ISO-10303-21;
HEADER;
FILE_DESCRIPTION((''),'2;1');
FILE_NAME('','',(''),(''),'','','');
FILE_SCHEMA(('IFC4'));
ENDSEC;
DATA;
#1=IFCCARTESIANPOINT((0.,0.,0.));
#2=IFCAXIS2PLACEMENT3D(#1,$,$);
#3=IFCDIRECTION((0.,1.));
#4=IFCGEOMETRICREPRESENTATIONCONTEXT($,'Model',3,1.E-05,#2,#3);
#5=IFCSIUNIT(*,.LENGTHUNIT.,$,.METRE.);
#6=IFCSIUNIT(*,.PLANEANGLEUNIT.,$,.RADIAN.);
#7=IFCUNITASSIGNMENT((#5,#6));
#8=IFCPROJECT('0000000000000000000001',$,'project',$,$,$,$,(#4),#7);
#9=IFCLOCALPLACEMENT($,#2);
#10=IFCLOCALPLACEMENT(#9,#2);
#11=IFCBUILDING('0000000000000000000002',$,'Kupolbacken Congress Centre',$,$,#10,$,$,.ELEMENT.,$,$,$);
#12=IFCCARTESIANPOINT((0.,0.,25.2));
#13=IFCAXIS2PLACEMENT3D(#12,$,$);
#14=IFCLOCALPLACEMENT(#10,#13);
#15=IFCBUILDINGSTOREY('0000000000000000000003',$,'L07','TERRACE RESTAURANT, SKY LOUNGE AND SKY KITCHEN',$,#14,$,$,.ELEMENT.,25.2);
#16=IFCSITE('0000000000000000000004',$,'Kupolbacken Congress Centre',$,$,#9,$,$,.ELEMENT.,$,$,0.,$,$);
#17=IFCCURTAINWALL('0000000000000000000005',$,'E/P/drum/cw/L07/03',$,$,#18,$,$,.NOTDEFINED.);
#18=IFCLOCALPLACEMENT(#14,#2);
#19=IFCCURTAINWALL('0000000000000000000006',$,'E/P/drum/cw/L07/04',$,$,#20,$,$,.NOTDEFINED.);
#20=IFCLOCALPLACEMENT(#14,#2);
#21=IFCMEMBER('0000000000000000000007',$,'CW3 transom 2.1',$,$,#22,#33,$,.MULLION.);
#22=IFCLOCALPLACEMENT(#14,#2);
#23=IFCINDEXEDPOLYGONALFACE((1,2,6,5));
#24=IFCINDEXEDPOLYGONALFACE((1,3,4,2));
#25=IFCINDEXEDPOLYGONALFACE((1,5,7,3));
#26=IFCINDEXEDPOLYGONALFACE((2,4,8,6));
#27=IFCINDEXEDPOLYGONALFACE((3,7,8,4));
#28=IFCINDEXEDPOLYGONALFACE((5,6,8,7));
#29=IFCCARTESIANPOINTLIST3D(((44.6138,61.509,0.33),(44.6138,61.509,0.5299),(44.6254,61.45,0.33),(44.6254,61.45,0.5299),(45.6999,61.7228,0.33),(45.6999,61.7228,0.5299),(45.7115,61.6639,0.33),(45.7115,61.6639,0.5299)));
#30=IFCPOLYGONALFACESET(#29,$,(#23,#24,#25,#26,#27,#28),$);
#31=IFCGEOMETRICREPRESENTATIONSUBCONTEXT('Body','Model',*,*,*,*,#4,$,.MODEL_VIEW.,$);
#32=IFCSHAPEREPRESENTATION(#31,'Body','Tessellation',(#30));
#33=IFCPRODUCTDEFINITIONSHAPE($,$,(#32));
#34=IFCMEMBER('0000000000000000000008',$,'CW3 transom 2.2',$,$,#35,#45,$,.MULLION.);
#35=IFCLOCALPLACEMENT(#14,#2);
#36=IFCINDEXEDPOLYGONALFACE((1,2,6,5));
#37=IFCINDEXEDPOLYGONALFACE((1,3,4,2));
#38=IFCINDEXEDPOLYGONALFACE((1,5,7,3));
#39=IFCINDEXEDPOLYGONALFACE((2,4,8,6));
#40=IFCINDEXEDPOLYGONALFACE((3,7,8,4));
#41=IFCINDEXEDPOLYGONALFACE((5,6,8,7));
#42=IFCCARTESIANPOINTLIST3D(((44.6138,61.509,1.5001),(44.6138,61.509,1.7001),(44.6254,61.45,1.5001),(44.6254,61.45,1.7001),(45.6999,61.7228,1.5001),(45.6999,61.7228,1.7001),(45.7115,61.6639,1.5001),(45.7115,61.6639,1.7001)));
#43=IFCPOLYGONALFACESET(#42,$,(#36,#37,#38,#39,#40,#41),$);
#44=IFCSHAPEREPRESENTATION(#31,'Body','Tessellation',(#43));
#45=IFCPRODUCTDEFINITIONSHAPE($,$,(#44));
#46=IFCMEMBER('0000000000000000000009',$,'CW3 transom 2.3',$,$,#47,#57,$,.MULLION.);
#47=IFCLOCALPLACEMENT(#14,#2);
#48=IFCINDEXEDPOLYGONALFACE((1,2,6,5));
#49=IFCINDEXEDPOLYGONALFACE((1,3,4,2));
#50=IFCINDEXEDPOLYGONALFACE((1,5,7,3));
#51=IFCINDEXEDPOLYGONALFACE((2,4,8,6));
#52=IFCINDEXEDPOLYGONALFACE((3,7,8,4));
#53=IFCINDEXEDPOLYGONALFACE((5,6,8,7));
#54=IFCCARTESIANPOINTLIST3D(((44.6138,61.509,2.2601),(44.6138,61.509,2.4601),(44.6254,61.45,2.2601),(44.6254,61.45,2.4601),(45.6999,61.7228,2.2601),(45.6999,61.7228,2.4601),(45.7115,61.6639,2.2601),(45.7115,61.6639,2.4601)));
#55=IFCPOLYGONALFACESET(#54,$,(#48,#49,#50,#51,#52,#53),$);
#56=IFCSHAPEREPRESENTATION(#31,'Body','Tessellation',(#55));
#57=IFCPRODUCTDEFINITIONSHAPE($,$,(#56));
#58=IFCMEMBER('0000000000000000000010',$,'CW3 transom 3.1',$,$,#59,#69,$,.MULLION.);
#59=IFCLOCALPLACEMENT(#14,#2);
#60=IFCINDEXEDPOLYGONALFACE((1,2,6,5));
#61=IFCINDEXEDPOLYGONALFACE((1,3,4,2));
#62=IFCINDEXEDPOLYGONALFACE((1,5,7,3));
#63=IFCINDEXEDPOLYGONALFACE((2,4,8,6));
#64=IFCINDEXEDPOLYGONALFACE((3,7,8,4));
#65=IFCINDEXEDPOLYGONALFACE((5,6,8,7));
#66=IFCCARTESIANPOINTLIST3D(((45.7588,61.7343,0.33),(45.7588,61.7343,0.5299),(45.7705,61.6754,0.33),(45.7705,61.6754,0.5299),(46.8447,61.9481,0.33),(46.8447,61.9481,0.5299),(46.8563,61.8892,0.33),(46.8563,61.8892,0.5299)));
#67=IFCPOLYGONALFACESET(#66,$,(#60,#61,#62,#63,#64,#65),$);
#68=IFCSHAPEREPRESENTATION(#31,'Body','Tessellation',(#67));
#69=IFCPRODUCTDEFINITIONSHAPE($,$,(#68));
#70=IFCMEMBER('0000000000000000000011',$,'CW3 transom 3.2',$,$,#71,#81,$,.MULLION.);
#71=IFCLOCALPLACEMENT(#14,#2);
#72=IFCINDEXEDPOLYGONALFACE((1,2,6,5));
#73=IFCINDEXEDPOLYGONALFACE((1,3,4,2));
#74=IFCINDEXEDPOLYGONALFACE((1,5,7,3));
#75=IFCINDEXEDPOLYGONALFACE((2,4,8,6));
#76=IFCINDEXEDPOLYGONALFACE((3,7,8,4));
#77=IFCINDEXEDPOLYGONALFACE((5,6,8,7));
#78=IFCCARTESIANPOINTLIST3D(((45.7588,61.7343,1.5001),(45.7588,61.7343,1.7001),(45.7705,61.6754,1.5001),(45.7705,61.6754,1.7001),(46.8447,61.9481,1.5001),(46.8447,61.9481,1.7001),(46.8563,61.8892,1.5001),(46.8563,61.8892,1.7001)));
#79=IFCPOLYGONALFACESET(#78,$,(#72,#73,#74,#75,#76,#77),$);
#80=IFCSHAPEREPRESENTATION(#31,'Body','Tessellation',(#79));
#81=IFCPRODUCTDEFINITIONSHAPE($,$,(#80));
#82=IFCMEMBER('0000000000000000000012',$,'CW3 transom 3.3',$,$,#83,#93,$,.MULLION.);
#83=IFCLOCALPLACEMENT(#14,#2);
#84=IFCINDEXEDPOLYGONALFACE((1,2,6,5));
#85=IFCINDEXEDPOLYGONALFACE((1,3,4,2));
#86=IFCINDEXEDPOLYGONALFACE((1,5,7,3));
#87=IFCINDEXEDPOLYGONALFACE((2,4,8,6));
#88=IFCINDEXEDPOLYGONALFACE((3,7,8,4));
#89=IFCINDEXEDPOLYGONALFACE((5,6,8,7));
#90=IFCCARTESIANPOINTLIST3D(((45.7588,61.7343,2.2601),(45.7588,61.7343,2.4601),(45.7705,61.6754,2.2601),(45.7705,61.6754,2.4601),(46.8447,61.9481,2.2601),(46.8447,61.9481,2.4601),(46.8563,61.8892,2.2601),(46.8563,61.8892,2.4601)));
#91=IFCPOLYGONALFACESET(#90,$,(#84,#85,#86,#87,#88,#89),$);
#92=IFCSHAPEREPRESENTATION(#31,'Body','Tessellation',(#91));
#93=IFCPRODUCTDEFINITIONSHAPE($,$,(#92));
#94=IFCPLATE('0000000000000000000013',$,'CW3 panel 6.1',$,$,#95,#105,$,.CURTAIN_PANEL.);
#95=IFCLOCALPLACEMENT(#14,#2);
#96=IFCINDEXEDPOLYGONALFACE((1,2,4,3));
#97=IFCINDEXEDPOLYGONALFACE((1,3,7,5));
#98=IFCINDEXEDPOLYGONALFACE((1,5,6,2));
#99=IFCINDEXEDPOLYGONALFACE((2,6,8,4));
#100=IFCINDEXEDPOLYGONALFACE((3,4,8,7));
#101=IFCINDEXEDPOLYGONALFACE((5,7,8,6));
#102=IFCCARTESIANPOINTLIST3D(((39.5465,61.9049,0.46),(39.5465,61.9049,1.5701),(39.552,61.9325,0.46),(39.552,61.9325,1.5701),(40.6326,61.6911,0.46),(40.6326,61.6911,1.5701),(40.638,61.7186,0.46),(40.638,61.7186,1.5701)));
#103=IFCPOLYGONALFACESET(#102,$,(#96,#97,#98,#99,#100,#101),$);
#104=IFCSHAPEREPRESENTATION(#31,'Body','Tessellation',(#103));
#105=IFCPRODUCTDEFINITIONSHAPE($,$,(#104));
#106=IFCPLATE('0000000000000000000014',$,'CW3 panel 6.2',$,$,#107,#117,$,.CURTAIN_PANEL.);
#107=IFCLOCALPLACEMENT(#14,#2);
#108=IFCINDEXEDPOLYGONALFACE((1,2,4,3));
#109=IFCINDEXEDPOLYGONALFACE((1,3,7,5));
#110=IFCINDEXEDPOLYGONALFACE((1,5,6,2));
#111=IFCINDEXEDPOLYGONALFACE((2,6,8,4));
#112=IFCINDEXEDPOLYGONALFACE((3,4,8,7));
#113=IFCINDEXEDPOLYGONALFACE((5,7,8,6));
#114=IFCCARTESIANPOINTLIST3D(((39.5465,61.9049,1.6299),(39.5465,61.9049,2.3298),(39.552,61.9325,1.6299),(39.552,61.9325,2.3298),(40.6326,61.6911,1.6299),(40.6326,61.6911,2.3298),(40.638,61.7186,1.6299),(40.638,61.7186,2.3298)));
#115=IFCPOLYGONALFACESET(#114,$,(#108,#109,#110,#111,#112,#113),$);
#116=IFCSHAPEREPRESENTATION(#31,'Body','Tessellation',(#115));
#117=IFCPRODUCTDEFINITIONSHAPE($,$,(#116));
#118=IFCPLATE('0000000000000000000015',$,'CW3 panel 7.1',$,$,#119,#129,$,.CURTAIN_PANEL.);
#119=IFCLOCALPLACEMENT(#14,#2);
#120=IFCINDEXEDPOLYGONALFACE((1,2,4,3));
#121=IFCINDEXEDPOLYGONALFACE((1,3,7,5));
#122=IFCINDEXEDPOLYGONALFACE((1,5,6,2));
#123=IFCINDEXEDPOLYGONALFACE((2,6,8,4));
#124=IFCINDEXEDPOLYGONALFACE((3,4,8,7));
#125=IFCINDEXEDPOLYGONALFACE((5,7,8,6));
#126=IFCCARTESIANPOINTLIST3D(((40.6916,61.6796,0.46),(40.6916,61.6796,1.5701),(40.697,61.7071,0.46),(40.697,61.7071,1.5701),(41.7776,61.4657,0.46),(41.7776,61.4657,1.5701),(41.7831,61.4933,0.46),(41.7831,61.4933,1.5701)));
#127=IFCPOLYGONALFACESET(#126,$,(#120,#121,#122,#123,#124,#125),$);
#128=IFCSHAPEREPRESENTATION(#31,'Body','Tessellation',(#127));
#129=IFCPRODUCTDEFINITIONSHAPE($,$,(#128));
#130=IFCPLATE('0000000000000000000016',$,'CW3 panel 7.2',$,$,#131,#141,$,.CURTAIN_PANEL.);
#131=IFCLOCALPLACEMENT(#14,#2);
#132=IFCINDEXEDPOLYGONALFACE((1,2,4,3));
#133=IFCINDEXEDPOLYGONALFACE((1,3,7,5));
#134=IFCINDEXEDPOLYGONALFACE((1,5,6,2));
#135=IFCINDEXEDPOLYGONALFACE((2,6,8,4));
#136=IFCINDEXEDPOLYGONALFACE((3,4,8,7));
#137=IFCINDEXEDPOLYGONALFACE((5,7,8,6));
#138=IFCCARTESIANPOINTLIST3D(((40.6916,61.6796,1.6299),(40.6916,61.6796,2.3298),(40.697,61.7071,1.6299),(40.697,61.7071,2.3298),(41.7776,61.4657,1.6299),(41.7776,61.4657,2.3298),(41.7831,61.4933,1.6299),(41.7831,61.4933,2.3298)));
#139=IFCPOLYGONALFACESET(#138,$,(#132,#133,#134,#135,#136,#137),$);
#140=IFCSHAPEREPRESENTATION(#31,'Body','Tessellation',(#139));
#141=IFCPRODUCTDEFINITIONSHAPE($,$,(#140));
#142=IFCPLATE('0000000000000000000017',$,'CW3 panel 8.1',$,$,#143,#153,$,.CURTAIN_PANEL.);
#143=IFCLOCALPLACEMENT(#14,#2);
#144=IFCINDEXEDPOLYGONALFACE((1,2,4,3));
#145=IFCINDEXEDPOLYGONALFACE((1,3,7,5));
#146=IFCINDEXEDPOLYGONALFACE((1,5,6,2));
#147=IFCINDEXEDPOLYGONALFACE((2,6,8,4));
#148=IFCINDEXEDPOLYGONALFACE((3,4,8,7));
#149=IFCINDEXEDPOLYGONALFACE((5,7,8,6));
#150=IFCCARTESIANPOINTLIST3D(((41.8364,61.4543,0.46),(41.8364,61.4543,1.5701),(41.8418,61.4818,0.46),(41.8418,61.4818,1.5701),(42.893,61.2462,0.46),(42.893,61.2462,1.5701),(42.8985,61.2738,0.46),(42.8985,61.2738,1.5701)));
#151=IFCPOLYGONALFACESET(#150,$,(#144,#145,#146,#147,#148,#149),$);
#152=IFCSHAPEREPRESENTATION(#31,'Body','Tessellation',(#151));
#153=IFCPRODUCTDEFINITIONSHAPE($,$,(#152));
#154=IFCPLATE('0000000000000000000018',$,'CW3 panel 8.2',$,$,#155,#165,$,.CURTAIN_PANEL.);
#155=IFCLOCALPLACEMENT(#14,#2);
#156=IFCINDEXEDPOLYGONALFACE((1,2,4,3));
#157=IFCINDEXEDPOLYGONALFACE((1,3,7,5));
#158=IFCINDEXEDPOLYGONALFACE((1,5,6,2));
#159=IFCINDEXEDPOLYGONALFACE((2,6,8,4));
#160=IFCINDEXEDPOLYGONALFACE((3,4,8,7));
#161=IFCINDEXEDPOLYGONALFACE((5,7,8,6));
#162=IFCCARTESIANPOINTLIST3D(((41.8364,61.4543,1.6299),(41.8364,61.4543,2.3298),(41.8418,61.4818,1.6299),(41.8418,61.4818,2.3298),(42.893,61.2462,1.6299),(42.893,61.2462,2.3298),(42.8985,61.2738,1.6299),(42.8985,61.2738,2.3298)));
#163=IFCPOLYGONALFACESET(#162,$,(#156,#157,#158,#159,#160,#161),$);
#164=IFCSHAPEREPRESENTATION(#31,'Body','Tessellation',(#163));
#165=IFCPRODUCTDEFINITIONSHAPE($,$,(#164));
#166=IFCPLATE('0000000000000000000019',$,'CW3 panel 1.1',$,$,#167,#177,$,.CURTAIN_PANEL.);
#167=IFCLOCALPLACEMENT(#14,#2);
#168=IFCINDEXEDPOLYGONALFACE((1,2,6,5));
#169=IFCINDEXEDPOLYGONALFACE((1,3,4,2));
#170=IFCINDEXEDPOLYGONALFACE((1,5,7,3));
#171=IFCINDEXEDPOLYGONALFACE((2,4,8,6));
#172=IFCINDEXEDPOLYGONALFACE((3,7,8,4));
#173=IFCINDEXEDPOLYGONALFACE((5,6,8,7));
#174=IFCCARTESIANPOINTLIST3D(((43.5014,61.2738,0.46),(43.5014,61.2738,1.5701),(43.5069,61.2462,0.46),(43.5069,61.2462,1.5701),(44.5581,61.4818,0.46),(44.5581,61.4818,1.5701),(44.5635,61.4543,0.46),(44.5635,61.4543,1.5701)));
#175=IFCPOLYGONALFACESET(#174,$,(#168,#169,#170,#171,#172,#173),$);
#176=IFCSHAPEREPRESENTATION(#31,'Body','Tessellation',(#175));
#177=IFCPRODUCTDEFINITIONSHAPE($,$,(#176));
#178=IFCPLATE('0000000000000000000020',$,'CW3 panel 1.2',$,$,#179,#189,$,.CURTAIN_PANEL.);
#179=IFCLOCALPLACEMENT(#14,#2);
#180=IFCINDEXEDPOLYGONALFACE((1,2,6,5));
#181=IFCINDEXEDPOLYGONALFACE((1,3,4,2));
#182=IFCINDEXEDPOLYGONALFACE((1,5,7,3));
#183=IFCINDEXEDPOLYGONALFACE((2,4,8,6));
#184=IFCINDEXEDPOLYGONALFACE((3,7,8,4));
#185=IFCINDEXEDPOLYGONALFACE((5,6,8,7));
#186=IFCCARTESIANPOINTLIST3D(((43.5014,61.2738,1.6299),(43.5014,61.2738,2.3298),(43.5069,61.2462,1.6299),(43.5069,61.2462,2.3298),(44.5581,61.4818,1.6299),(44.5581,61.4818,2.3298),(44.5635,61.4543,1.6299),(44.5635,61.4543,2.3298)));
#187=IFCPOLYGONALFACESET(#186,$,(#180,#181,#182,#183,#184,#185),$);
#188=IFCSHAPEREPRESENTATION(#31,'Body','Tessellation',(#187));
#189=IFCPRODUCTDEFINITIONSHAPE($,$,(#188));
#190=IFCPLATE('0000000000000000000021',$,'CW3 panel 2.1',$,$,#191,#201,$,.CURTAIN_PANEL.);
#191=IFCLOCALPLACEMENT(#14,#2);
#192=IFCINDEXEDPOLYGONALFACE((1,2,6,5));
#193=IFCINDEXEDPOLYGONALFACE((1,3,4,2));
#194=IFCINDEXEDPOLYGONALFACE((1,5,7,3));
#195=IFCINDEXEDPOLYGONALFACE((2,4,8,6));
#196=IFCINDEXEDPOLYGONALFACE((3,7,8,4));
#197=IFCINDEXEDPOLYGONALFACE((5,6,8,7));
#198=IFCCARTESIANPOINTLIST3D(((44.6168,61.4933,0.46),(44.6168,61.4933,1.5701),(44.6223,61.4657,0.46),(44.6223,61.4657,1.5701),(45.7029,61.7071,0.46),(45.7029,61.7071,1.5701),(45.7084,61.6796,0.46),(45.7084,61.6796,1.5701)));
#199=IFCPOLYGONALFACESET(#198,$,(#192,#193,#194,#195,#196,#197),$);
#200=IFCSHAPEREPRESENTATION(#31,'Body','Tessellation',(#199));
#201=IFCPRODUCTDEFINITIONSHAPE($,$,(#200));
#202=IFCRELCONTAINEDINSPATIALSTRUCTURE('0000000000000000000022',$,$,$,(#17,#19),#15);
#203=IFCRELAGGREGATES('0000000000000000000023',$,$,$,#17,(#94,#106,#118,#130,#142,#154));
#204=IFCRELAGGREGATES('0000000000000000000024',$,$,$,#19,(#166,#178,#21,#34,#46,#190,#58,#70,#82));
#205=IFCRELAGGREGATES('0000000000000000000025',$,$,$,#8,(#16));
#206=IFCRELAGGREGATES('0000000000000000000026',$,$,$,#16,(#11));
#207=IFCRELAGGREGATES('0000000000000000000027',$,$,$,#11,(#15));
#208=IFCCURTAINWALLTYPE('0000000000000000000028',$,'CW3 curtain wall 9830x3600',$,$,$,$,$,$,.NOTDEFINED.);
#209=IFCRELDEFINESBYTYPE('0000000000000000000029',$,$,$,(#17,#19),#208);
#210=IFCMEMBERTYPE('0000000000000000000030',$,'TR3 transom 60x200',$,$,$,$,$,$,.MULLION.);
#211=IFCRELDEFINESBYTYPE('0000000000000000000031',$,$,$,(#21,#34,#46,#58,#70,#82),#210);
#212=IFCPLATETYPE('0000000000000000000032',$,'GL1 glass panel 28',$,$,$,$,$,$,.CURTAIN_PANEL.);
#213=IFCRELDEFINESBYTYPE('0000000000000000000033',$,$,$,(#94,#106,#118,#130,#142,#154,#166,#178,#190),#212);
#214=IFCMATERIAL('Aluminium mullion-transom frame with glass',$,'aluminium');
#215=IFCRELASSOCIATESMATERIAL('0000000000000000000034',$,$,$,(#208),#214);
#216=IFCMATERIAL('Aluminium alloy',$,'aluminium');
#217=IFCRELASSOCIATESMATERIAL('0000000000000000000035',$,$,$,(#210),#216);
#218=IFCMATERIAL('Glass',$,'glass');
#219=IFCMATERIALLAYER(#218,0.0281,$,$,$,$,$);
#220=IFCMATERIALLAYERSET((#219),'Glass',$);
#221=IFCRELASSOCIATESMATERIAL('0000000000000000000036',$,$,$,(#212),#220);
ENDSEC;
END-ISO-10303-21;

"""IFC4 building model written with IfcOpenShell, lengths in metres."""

from ifc_helpers import new_model, si_unit, direction, frame, origin, origin_2d, place, context, subcontext, project, spatial, rectangle, extrude, material, layer, layer_set, material_profile, profile_set, type_object, element, aggregate, save


model = new_model("IFC4")

# Units and contexts
model_context = context("Model", 3, precision=1e-05, world=origin(), true_north=direction((0.0, 1.0)))
body_context = subcontext(model_context, "Body", "Model", "MODEL_VIEW")
ifc_project = project(units=[si_unit("LENGTHUNIT", "METRE"), si_unit("PLANEANGLEUNIT", "RADIAN")], contexts=[model_context])

# Site, building, storey
site_placement = place(None, origin())
site = spatial("IfcSite", under=ifc_project, at=site_placement, Name="Kupolbacken Congress Centre", CompositionType="ELEMENT", RefElevation=0.0)
building_placement = place(site_placement, origin())
building = spatial("IfcBuilding", under=site, at=building_placement, Name="Kupolbacken Congress Centre", CompositionType="ELEMENT")
storey_placement = place(building_placement, frame((0.0, 0.0, 25.2)))
storey = spatial("IfcBuildingStorey", under=building, at=storey_placement, Name="L07", Description="TERRACE RESTAURANT, SKY LOUNGE AND SKY KITCHEN", CompositionType="ELEMENT", Elevation=25.2)

# Curtain walls
ifc_material_1 = material(Name="Aluminium mullion-transom frame with glass", Category="aluminium")
curtain_wall_type = type_object("IfcCurtainWallType", Name="CW3 curtain wall 9830x3600", PredefinedType="NOTDEFINED", material=ifc_material_1)
curtain_wall_1_placement = place(storey_placement, origin())
curtain_wall_1 = element("IfcCurtainWall", 1, at=curtain_wall_1_placement, inside=storey, type_object=curtain_wall_type, Name="E/P/drum/cw/L07/03", PredefinedType="NOTDEFINED")
curtain_wall_2_placement = place(storey_placement, origin())
curtain_wall_2 = element("IfcCurtainWall", 2, at=curtain_wall_2_placement, inside=storey, type_object=curtain_wall_type, Name="E/P/drum/cw/L07/04", PredefinedType="NOTDEFINED")

# Members
ifc_material_2 = material(Name="Aluminium alloy", Category="aluminium")
ifc_material_profile_1 = material_profile(ifc_material_2, rectangle(XDim=0.0601, YDim=0.2, at=origin_2d()), Name="60 x 200")
ifc_profile_set_1 = profile_set([ifc_material_profile_1], Name="Aluminium alloy")
member_type_1 = type_object("IfcMemberType", Name="TR3 transom 60x200", PredefinedType="MULLION", material=ifc_profile_set_1)
member_1_placement = place(storey_placement, frame((44.6196, 61.4795, 0.4299), z_axis=(0.981162, 0.193189, 0.0), x_axis=(-0.193189, 0.981162, 0.0)))
member_1 = element("IfcMember", 3, at=member_1_placement, type_object=member_type_1, Name="CW3 transom 2.1", PredefinedType="MULLION", context=body_context, shape_type="SweptSolid", body=[
    extrude(rectangle(XDim=0.0601, YDim=0.2, at=origin_2d()), origin(), (0.0, 0.0, 1.0), 1.1069),
])
member_2_placement = place(storey_placement, frame((44.6196, 61.4795, 1.6001), z_axis=(0.981162, 0.193189, 0.0), x_axis=(-0.193189, 0.981162, 0.0)))
member_2 = element("IfcMember", 4, at=member_2_placement, type_object=member_type_1, Name="CW3 transom 2.2", PredefinedType="MULLION", context=body_context, shape_type="SweptSolid", body=[
    extrude(rectangle(XDim=0.0601, YDim=0.2, at=origin_2d()), origin(), (0.0, 0.0, 1.0), 1.1069),
])
member_3_placement = place(storey_placement, frame((44.6196, 61.4795, 2.3601), z_axis=(0.981162, 0.193189, 0.0), x_axis=(-0.193189, 0.981162, 0.0)))
member_3 = element("IfcMember", 5, at=member_3_placement, type_object=member_type_1, Name="CW3 transom 2.3", PredefinedType="MULLION", context=body_context, shape_type="SweptSolid", body=[
    extrude(rectangle(XDim=0.0601, YDim=0.2, at=origin_2d()), origin(), (0.0, 0.0, 1.0), 1.1069),
])
member_4_placement = place(storey_placement, frame((45.7646, 61.7048, 0.4299), z_axis=(0.981153, 0.193231, 0.0), x_axis=(-0.193231, 0.981153, 0.0)))
member_4 = element("IfcMember", 6, at=member_4_placement, type_object=member_type_1, Name="CW3 transom 3.1", PredefinedType="MULLION", context=body_context, shape_type="SweptSolid", body=[
    extrude(rectangle(XDim=0.0601, YDim=0.2, at=origin_2d()), origin(), (0.0, 0.0, 1.0), 1.1067),
])
member_5_placement = place(storey_placement, frame((45.7646, 61.7048, 1.6001), z_axis=(0.981153, 0.193231, 0.0), x_axis=(-0.193231, 0.981153, 0.0)))
member_5 = element("IfcMember", 7, at=member_5_placement, type_object=member_type_1, Name="CW3 transom 3.2", PredefinedType="MULLION", context=body_context, shape_type="SweptSolid", body=[
    extrude(rectangle(XDim=0.0601, YDim=0.2, at=origin_2d()), origin(), (0.0, 0.0, 1.0), 1.1067),
])
member_6_placement = place(storey_placement, frame((45.7646, 61.7048, 2.3601), z_axis=(0.981153, 0.193231, 0.0), x_axis=(-0.193231, 0.981153, 0.0)))
member_6 = element("IfcMember", 8, at=member_6_placement, type_object=member_type_1, Name="CW3 transom 3.3", PredefinedType="MULLION", context=body_context, shape_type="SweptSolid", body=[
    extrude(rectangle(XDim=0.0601, YDim=0.2, at=origin_2d()), origin(), (0.0, 0.0, 1.0), 1.1067),
])

# Plates
ifc_material_3 = material(Name="Glass", Category="glass")
ifc_layer_1 = layer(ifc_material_3, 0.0281)
ifc_layer_set_1 = layer_set([ifc_layer_1], Name="Glass")
plate_type = type_object("IfcPlateType", Name="GL1 glass panel 28", PredefinedType="CURTAIN_PANEL", material=ifc_layer_set_1)
plate_1_placement = place(storey_placement, frame((40.0923, 61.8118, 0.46), z_axis=(0.0, 0.0, 1.0), x_axis=(0.981163, -0.193182, 0.0)))
plate_1 = element("IfcPlate", 9, at=plate_1_placement, type_object=plate_type, Name="CW3 panel 6.1", PredefinedType="CURTAIN_PANEL", context=body_context, shape_type="SweptSolid", body=[
    extrude(rectangle(XDim=1.1069, YDim=0.0281, at=origin_2d()), origin(), (0.0, 0.0, 1.0), 1.1101),
])
plate_2_placement = place(storey_placement, frame((40.0923, 61.8118, 1.6299), z_axis=(0.0, 0.0, 1.0), x_axis=(0.981163, -0.193182, 0.0)))
plate_2 = element("IfcPlate", 10, at=plate_2_placement, type_object=plate_type, Name="CW3 panel 6.2", PredefinedType="CURTAIN_PANEL", context=body_context, shape_type="SweptSolid", body=[
    extrude(rectangle(XDim=1.1069, YDim=0.0281, at=origin_2d()), origin(), (0.0, 0.0, 1.0), 0.7),
])
plate_3_placement = place(storey_placement, frame((41.2373, 61.5864, 0.46), z_axis=(0.0, 0.0, 1.0), x_axis=(0.981163, -0.193182, 0.0)))
plate_3 = element("IfcPlate", 11, at=plate_3_placement, type_object=plate_type, Name="CW3 panel 7.1", PredefinedType="CURTAIN_PANEL", context=body_context, shape_type="SweptSolid", body=[
    extrude(rectangle(XDim=1.1069, YDim=0.0281, at=origin_2d()), origin(), (0.0, 0.0, 1.0), 1.1101),
])
plate_4_placement = place(storey_placement, frame((41.2373, 61.5864, 1.6299), z_axis=(0.0, 0.0, 1.0), x_axis=(0.981163, -0.193182, 0.0)))
plate_4 = element("IfcPlate", 12, at=plate_4_placement, type_object=plate_type, Name="CW3 panel 7.2", PredefinedType="CURTAIN_PANEL", context=body_context, shape_type="SweptSolid", body=[
    extrude(rectangle(XDim=1.1069, YDim=0.0281, at=origin_2d()), origin(), (0.0, 0.0, 1.0), 0.7),
])
plate_5_placement = place(storey_placement, frame((42.3674, 61.364, 0.46), z_axis=(0.0, 0.0, 1.0), x_axis=(0.981163, -0.193182, 0.0)))
plate_5 = element("IfcPlate", 13, at=plate_5_placement, type_object=plate_type, Name="CW3 panel 8.1", PredefinedType="CURTAIN_PANEL", context=body_context, shape_type="SweptSolid", body=[
    extrude(rectangle(XDim=1.0769, YDim=0.0281, at=origin_2d()), origin(), (0.0, 0.0, 1.0), 1.1101),
])
plate_6_placement = place(storey_placement, frame((42.3674, 61.364, 1.6299), z_axis=(0.0, 0.0, 1.0), x_axis=(0.981163, -0.193182, 0.0)))
plate_6 = element("IfcPlate", 14, at=plate_6_placement, type_object=plate_type, Name="CW3 panel 8.2", PredefinedType="CURTAIN_PANEL", context=body_context, shape_type="SweptSolid", body=[
    extrude(rectangle(XDim=1.0769, YDim=0.0281, at=origin_2d()), origin(), (0.0, 0.0, 1.0), 0.7),
])
aggregate(curtain_wall_1, [plate_1, plate_2, plate_3, plate_4, plate_5, plate_6])
plate_7_placement = place(storey_placement, frame((44.0325, 61.364, 0.46), z_axis=(0.0, 0.0, 1.0), x_axis=(0.981163, 0.193182, 0.0)))
plate_7 = element("IfcPlate", 15, at=plate_7_placement, type_object=plate_type, Name="CW3 panel 1.1", PredefinedType="CURTAIN_PANEL", context=body_context, shape_type="SweptSolid", body=[
    extrude(rectangle(XDim=1.0769, YDim=0.0281, at=origin_2d()), origin(), (0.0, 0.0, 1.0), 1.1101),
])
plate_8_placement = place(storey_placement, frame((44.0325, 61.364, 1.6299), z_axis=(0.0, 0.0, 1.0), x_axis=(0.981163, 0.193182, 0.0)))
plate_8 = element("IfcPlate", 16, at=plate_8_placement, type_object=plate_type, Name="CW3 panel 1.2", PredefinedType="CURTAIN_PANEL", context=body_context, shape_type="SweptSolid", body=[
    extrude(rectangle(XDim=1.0769, YDim=0.0281, at=origin_2d()), origin(), (0.0, 0.0, 1.0), 0.7),
])
plate_9_placement = place(storey_placement, frame((45.1626, 61.5864, 0.46), z_axis=(0.0, 0.0, 1.0), x_axis=(0.981163, 0.193182, 0.0)))
plate_9 = element("IfcPlate", 17, at=plate_9_placement, type_object=plate_type, Name="CW3 panel 2.1", PredefinedType="CURTAIN_PANEL", context=body_context, shape_type="SweptSolid", body=[
    extrude(rectangle(XDim=1.1069, YDim=0.0281, at=origin_2d()), origin(), (0.0, 0.0, 1.0), 1.1101),
])
aggregate(curtain_wall_2, [plate_7, plate_8, member_1, member_2, member_3, plate_9, member_4, member_5, member_6])

save(model, "model.ifc")
